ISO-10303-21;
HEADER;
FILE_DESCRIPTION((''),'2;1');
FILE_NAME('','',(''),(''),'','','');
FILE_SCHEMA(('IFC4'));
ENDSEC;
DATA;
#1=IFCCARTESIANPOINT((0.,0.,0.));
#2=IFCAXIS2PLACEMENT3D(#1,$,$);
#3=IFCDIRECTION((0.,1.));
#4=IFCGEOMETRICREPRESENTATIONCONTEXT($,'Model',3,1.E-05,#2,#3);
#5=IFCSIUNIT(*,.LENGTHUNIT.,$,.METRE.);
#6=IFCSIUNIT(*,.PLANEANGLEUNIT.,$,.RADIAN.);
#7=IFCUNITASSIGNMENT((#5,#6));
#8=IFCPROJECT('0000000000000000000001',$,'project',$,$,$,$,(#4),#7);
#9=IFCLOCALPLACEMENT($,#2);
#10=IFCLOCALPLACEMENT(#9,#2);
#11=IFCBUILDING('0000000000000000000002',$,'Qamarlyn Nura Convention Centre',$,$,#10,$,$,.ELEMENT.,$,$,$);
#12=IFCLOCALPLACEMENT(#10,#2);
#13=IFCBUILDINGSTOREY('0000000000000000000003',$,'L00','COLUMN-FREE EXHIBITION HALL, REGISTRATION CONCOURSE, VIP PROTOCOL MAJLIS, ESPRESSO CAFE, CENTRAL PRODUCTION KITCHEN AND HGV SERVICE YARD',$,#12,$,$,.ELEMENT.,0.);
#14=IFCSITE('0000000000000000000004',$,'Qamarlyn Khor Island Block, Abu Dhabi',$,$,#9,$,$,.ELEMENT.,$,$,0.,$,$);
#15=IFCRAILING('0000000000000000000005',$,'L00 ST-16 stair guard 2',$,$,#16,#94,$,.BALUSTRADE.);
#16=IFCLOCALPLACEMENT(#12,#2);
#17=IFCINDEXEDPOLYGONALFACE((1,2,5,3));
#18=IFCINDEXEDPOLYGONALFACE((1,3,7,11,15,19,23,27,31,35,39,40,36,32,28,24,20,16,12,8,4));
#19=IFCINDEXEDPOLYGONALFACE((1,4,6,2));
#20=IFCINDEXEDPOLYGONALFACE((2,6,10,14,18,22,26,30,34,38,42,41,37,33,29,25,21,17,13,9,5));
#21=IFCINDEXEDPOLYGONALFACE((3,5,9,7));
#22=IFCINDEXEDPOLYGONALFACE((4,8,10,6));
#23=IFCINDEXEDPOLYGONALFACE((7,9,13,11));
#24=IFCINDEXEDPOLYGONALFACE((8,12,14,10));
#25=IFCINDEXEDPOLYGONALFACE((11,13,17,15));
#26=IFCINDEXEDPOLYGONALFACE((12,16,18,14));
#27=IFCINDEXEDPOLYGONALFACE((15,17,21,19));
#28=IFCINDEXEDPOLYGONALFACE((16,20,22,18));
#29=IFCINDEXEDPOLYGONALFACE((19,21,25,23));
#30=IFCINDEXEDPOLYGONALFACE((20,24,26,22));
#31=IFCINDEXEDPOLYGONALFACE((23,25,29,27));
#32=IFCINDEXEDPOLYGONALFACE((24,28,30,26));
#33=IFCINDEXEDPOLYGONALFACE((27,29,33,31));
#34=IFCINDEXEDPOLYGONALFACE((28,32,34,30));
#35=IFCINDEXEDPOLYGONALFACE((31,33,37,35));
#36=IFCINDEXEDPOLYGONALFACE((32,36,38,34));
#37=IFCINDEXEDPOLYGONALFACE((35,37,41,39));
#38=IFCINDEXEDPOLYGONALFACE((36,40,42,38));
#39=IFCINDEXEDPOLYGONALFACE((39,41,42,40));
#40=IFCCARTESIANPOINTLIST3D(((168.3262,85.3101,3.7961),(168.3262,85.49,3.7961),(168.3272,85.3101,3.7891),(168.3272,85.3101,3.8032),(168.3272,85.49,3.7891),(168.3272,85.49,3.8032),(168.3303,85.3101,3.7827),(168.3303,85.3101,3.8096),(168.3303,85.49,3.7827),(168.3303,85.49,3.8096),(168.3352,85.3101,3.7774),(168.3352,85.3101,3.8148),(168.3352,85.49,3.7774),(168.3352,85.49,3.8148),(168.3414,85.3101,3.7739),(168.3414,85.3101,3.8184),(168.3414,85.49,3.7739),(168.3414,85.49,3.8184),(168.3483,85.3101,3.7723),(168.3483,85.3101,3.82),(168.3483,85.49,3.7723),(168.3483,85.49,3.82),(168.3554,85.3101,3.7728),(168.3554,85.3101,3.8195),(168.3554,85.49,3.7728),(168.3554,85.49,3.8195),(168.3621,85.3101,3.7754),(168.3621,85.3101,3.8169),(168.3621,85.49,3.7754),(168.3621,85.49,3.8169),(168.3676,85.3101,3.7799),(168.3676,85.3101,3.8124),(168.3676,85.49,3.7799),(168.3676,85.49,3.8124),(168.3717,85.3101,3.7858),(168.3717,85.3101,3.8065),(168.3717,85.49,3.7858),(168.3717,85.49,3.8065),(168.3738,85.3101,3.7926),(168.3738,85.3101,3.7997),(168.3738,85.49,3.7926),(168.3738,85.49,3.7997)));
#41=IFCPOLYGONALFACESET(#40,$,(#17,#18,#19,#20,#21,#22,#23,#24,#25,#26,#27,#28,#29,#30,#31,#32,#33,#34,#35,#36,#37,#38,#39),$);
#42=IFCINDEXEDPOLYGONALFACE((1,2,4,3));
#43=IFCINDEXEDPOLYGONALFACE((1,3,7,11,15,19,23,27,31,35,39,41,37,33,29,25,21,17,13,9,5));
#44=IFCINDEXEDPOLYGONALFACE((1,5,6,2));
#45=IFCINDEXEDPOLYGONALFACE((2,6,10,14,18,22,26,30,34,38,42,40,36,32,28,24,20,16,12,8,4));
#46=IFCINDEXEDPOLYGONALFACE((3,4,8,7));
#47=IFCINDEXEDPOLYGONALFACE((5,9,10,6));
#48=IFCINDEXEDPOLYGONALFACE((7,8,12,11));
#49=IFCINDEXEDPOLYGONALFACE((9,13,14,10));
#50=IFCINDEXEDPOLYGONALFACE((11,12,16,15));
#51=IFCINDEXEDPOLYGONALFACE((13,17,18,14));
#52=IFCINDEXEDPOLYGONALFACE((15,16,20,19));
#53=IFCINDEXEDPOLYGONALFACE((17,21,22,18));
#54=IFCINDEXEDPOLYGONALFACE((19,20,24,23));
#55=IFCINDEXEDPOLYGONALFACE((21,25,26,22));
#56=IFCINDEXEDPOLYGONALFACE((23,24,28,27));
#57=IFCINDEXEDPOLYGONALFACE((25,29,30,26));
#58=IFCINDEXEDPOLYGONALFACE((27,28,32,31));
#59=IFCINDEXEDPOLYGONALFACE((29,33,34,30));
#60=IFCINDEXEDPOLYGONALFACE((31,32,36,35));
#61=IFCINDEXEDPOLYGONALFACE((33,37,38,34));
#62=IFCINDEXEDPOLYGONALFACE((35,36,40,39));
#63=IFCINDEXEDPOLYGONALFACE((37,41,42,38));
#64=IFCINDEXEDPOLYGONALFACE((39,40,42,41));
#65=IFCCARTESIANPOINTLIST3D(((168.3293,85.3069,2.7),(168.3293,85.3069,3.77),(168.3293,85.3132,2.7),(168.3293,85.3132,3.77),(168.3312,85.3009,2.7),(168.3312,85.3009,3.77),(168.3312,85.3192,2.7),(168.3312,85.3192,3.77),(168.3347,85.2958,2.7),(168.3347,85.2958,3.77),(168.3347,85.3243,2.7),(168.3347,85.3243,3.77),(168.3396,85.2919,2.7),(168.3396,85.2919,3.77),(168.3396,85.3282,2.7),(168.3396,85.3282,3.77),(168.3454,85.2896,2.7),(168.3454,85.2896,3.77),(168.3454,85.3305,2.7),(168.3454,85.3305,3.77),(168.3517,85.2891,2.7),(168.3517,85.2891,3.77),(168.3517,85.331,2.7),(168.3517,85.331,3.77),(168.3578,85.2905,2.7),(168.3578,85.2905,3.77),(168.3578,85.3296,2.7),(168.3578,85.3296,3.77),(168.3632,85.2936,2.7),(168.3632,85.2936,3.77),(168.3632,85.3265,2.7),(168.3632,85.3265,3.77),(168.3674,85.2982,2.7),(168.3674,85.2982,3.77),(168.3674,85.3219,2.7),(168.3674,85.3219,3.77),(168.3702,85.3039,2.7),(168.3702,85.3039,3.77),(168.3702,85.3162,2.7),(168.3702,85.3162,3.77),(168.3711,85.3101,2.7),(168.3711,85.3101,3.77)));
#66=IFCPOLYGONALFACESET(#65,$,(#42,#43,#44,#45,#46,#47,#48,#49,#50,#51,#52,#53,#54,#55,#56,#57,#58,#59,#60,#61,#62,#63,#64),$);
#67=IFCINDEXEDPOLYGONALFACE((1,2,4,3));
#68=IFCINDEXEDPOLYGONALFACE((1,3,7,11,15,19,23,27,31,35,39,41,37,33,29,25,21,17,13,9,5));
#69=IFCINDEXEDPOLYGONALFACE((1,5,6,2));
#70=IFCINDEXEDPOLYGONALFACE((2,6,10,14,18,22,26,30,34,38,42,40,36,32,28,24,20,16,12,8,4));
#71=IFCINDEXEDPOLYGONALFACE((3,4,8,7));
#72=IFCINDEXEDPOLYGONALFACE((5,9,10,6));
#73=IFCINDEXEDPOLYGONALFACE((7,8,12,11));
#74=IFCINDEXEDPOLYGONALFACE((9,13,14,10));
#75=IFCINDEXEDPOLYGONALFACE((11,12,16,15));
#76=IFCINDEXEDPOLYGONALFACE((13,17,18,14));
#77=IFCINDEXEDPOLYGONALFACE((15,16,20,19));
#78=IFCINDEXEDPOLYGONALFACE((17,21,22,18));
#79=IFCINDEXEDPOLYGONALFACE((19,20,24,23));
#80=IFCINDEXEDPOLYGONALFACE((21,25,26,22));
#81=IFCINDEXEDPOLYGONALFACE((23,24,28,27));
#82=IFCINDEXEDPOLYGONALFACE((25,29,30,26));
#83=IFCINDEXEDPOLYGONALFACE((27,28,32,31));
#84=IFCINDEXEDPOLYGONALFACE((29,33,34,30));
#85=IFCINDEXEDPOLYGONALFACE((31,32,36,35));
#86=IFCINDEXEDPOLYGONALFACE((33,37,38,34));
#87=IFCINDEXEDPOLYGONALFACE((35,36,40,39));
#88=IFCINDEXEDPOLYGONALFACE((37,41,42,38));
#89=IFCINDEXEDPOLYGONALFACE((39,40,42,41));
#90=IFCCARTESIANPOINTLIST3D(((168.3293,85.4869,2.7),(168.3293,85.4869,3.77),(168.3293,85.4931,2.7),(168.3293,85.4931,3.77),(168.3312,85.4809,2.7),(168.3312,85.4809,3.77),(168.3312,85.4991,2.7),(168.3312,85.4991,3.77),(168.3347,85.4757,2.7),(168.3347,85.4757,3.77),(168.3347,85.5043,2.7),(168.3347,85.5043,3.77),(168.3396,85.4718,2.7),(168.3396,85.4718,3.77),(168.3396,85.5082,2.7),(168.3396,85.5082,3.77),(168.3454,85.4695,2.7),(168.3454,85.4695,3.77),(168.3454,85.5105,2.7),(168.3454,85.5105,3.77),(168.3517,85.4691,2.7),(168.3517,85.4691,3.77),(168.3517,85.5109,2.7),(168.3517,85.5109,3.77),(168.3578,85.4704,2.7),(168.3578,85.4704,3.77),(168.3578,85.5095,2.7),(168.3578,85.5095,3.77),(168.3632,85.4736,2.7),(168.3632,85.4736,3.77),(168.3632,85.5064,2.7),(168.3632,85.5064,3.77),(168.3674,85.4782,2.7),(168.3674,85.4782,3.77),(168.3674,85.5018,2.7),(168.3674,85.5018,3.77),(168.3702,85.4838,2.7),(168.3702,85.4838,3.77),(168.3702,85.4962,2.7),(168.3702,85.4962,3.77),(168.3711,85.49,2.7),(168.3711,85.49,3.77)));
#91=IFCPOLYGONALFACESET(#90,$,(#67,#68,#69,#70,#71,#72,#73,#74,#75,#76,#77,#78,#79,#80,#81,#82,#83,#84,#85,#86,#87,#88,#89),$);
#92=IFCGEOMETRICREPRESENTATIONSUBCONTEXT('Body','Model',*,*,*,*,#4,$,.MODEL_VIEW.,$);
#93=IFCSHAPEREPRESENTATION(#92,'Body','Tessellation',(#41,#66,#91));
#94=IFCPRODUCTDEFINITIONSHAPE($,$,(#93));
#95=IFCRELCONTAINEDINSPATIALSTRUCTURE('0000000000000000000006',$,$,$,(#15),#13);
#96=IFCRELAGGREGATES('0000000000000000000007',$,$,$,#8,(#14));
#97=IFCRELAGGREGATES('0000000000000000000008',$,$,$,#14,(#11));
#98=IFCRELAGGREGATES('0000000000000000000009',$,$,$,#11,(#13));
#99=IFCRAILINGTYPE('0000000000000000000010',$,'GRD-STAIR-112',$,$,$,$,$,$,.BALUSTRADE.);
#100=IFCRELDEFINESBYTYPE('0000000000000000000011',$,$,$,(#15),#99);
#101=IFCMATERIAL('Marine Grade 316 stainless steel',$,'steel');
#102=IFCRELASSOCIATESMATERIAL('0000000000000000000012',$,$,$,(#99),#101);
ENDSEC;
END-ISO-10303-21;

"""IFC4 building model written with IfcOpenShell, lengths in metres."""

from ifc_helpers import new_model, si_unit, direction, frame, origin, origin_2d, place, context, subcontext, project, spatial, circle, extrude, material, type_object, element, save


model = new_model("IFC4")

# Units and contexts
model_context = context("Model", 3, precision=1e-05, world=origin(), true_north=direction((0.0, 1.0)))
body_context = subcontext(model_context, "Body", "Model", "MODEL_VIEW")
ifc_project = project(units=[si_unit("LENGTHUNIT", "METRE"), si_unit("PLANEANGLEUNIT", "RADIAN")], contexts=[model_context])

# Site, building, storey
site_placement = place(None, origin())
site = spatial("IfcSite", under=ifc_project, at=site_placement, Name="Qamarlyn Khor Island Block, Abu Dhabi", CompositionType="ELEMENT", RefElevation=0.0)
building_placement = place(site_placement, origin())
building = spatial("IfcBuilding", under=site, at=building_placement, Name="Qamarlyn Nura Convention Centre", CompositionType="ELEMENT")
storey_placement = place(building_placement, origin())
storey = spatial("IfcBuildingStorey", under=building, at=storey_placement, Name="L00", Description="COLUMN-FREE EXHIBITION HALL, REGISTRATION CONCOURSE, VIP PROTOCOL MAJLIS, ESPRESSO CAFE, CENTRAL PRODUCTION KITCHEN AND HGV SERVICE YARD", CompositionType="ELEMENT", Elevation=0.0)

# Railing
ifc_material_1 = material(Name="Marine Grade 316 stainless steel", Category="steel")
railing_type_1 = type_object("IfcRailingType", Name="GRD-STAIR-112", PredefinedType="BALUSTRADE", material=ifc_material_1)
railing_1_placement = place(storey_placement, frame((168.3501, 85.3101, 2.7)))
element("IfcRailing", 1, at=railing_1_placement, inside=storey, type_object=railing_type_1, Name="L00 ST-16 stair guard 2", PredefinedType="BALUSTRADE", context=body_context, shape_type="SweptSolid", body=[
    extrude(circle(Radius=0.0239, at=origin_2d()), frame((0.0, 0.0, 1.0962), z_axis=(0.0, 1.0, 0.0), x_axis=(-1.0, 0.0, 0.0)), (0.0, 0.0, 1.0), 0.1799),
    extrude(circle(Radius=0.021, at=origin_2d()), origin(), (0.0, 0.0, 1.0), 1.0701),
    extrude(circle(Radius=0.021, at=origin_2d()), frame((0.0, 0.1799, 0.0)), (0.0, 0.0, 1.0), 1.0701),
])

save(model, "model.ifc")
